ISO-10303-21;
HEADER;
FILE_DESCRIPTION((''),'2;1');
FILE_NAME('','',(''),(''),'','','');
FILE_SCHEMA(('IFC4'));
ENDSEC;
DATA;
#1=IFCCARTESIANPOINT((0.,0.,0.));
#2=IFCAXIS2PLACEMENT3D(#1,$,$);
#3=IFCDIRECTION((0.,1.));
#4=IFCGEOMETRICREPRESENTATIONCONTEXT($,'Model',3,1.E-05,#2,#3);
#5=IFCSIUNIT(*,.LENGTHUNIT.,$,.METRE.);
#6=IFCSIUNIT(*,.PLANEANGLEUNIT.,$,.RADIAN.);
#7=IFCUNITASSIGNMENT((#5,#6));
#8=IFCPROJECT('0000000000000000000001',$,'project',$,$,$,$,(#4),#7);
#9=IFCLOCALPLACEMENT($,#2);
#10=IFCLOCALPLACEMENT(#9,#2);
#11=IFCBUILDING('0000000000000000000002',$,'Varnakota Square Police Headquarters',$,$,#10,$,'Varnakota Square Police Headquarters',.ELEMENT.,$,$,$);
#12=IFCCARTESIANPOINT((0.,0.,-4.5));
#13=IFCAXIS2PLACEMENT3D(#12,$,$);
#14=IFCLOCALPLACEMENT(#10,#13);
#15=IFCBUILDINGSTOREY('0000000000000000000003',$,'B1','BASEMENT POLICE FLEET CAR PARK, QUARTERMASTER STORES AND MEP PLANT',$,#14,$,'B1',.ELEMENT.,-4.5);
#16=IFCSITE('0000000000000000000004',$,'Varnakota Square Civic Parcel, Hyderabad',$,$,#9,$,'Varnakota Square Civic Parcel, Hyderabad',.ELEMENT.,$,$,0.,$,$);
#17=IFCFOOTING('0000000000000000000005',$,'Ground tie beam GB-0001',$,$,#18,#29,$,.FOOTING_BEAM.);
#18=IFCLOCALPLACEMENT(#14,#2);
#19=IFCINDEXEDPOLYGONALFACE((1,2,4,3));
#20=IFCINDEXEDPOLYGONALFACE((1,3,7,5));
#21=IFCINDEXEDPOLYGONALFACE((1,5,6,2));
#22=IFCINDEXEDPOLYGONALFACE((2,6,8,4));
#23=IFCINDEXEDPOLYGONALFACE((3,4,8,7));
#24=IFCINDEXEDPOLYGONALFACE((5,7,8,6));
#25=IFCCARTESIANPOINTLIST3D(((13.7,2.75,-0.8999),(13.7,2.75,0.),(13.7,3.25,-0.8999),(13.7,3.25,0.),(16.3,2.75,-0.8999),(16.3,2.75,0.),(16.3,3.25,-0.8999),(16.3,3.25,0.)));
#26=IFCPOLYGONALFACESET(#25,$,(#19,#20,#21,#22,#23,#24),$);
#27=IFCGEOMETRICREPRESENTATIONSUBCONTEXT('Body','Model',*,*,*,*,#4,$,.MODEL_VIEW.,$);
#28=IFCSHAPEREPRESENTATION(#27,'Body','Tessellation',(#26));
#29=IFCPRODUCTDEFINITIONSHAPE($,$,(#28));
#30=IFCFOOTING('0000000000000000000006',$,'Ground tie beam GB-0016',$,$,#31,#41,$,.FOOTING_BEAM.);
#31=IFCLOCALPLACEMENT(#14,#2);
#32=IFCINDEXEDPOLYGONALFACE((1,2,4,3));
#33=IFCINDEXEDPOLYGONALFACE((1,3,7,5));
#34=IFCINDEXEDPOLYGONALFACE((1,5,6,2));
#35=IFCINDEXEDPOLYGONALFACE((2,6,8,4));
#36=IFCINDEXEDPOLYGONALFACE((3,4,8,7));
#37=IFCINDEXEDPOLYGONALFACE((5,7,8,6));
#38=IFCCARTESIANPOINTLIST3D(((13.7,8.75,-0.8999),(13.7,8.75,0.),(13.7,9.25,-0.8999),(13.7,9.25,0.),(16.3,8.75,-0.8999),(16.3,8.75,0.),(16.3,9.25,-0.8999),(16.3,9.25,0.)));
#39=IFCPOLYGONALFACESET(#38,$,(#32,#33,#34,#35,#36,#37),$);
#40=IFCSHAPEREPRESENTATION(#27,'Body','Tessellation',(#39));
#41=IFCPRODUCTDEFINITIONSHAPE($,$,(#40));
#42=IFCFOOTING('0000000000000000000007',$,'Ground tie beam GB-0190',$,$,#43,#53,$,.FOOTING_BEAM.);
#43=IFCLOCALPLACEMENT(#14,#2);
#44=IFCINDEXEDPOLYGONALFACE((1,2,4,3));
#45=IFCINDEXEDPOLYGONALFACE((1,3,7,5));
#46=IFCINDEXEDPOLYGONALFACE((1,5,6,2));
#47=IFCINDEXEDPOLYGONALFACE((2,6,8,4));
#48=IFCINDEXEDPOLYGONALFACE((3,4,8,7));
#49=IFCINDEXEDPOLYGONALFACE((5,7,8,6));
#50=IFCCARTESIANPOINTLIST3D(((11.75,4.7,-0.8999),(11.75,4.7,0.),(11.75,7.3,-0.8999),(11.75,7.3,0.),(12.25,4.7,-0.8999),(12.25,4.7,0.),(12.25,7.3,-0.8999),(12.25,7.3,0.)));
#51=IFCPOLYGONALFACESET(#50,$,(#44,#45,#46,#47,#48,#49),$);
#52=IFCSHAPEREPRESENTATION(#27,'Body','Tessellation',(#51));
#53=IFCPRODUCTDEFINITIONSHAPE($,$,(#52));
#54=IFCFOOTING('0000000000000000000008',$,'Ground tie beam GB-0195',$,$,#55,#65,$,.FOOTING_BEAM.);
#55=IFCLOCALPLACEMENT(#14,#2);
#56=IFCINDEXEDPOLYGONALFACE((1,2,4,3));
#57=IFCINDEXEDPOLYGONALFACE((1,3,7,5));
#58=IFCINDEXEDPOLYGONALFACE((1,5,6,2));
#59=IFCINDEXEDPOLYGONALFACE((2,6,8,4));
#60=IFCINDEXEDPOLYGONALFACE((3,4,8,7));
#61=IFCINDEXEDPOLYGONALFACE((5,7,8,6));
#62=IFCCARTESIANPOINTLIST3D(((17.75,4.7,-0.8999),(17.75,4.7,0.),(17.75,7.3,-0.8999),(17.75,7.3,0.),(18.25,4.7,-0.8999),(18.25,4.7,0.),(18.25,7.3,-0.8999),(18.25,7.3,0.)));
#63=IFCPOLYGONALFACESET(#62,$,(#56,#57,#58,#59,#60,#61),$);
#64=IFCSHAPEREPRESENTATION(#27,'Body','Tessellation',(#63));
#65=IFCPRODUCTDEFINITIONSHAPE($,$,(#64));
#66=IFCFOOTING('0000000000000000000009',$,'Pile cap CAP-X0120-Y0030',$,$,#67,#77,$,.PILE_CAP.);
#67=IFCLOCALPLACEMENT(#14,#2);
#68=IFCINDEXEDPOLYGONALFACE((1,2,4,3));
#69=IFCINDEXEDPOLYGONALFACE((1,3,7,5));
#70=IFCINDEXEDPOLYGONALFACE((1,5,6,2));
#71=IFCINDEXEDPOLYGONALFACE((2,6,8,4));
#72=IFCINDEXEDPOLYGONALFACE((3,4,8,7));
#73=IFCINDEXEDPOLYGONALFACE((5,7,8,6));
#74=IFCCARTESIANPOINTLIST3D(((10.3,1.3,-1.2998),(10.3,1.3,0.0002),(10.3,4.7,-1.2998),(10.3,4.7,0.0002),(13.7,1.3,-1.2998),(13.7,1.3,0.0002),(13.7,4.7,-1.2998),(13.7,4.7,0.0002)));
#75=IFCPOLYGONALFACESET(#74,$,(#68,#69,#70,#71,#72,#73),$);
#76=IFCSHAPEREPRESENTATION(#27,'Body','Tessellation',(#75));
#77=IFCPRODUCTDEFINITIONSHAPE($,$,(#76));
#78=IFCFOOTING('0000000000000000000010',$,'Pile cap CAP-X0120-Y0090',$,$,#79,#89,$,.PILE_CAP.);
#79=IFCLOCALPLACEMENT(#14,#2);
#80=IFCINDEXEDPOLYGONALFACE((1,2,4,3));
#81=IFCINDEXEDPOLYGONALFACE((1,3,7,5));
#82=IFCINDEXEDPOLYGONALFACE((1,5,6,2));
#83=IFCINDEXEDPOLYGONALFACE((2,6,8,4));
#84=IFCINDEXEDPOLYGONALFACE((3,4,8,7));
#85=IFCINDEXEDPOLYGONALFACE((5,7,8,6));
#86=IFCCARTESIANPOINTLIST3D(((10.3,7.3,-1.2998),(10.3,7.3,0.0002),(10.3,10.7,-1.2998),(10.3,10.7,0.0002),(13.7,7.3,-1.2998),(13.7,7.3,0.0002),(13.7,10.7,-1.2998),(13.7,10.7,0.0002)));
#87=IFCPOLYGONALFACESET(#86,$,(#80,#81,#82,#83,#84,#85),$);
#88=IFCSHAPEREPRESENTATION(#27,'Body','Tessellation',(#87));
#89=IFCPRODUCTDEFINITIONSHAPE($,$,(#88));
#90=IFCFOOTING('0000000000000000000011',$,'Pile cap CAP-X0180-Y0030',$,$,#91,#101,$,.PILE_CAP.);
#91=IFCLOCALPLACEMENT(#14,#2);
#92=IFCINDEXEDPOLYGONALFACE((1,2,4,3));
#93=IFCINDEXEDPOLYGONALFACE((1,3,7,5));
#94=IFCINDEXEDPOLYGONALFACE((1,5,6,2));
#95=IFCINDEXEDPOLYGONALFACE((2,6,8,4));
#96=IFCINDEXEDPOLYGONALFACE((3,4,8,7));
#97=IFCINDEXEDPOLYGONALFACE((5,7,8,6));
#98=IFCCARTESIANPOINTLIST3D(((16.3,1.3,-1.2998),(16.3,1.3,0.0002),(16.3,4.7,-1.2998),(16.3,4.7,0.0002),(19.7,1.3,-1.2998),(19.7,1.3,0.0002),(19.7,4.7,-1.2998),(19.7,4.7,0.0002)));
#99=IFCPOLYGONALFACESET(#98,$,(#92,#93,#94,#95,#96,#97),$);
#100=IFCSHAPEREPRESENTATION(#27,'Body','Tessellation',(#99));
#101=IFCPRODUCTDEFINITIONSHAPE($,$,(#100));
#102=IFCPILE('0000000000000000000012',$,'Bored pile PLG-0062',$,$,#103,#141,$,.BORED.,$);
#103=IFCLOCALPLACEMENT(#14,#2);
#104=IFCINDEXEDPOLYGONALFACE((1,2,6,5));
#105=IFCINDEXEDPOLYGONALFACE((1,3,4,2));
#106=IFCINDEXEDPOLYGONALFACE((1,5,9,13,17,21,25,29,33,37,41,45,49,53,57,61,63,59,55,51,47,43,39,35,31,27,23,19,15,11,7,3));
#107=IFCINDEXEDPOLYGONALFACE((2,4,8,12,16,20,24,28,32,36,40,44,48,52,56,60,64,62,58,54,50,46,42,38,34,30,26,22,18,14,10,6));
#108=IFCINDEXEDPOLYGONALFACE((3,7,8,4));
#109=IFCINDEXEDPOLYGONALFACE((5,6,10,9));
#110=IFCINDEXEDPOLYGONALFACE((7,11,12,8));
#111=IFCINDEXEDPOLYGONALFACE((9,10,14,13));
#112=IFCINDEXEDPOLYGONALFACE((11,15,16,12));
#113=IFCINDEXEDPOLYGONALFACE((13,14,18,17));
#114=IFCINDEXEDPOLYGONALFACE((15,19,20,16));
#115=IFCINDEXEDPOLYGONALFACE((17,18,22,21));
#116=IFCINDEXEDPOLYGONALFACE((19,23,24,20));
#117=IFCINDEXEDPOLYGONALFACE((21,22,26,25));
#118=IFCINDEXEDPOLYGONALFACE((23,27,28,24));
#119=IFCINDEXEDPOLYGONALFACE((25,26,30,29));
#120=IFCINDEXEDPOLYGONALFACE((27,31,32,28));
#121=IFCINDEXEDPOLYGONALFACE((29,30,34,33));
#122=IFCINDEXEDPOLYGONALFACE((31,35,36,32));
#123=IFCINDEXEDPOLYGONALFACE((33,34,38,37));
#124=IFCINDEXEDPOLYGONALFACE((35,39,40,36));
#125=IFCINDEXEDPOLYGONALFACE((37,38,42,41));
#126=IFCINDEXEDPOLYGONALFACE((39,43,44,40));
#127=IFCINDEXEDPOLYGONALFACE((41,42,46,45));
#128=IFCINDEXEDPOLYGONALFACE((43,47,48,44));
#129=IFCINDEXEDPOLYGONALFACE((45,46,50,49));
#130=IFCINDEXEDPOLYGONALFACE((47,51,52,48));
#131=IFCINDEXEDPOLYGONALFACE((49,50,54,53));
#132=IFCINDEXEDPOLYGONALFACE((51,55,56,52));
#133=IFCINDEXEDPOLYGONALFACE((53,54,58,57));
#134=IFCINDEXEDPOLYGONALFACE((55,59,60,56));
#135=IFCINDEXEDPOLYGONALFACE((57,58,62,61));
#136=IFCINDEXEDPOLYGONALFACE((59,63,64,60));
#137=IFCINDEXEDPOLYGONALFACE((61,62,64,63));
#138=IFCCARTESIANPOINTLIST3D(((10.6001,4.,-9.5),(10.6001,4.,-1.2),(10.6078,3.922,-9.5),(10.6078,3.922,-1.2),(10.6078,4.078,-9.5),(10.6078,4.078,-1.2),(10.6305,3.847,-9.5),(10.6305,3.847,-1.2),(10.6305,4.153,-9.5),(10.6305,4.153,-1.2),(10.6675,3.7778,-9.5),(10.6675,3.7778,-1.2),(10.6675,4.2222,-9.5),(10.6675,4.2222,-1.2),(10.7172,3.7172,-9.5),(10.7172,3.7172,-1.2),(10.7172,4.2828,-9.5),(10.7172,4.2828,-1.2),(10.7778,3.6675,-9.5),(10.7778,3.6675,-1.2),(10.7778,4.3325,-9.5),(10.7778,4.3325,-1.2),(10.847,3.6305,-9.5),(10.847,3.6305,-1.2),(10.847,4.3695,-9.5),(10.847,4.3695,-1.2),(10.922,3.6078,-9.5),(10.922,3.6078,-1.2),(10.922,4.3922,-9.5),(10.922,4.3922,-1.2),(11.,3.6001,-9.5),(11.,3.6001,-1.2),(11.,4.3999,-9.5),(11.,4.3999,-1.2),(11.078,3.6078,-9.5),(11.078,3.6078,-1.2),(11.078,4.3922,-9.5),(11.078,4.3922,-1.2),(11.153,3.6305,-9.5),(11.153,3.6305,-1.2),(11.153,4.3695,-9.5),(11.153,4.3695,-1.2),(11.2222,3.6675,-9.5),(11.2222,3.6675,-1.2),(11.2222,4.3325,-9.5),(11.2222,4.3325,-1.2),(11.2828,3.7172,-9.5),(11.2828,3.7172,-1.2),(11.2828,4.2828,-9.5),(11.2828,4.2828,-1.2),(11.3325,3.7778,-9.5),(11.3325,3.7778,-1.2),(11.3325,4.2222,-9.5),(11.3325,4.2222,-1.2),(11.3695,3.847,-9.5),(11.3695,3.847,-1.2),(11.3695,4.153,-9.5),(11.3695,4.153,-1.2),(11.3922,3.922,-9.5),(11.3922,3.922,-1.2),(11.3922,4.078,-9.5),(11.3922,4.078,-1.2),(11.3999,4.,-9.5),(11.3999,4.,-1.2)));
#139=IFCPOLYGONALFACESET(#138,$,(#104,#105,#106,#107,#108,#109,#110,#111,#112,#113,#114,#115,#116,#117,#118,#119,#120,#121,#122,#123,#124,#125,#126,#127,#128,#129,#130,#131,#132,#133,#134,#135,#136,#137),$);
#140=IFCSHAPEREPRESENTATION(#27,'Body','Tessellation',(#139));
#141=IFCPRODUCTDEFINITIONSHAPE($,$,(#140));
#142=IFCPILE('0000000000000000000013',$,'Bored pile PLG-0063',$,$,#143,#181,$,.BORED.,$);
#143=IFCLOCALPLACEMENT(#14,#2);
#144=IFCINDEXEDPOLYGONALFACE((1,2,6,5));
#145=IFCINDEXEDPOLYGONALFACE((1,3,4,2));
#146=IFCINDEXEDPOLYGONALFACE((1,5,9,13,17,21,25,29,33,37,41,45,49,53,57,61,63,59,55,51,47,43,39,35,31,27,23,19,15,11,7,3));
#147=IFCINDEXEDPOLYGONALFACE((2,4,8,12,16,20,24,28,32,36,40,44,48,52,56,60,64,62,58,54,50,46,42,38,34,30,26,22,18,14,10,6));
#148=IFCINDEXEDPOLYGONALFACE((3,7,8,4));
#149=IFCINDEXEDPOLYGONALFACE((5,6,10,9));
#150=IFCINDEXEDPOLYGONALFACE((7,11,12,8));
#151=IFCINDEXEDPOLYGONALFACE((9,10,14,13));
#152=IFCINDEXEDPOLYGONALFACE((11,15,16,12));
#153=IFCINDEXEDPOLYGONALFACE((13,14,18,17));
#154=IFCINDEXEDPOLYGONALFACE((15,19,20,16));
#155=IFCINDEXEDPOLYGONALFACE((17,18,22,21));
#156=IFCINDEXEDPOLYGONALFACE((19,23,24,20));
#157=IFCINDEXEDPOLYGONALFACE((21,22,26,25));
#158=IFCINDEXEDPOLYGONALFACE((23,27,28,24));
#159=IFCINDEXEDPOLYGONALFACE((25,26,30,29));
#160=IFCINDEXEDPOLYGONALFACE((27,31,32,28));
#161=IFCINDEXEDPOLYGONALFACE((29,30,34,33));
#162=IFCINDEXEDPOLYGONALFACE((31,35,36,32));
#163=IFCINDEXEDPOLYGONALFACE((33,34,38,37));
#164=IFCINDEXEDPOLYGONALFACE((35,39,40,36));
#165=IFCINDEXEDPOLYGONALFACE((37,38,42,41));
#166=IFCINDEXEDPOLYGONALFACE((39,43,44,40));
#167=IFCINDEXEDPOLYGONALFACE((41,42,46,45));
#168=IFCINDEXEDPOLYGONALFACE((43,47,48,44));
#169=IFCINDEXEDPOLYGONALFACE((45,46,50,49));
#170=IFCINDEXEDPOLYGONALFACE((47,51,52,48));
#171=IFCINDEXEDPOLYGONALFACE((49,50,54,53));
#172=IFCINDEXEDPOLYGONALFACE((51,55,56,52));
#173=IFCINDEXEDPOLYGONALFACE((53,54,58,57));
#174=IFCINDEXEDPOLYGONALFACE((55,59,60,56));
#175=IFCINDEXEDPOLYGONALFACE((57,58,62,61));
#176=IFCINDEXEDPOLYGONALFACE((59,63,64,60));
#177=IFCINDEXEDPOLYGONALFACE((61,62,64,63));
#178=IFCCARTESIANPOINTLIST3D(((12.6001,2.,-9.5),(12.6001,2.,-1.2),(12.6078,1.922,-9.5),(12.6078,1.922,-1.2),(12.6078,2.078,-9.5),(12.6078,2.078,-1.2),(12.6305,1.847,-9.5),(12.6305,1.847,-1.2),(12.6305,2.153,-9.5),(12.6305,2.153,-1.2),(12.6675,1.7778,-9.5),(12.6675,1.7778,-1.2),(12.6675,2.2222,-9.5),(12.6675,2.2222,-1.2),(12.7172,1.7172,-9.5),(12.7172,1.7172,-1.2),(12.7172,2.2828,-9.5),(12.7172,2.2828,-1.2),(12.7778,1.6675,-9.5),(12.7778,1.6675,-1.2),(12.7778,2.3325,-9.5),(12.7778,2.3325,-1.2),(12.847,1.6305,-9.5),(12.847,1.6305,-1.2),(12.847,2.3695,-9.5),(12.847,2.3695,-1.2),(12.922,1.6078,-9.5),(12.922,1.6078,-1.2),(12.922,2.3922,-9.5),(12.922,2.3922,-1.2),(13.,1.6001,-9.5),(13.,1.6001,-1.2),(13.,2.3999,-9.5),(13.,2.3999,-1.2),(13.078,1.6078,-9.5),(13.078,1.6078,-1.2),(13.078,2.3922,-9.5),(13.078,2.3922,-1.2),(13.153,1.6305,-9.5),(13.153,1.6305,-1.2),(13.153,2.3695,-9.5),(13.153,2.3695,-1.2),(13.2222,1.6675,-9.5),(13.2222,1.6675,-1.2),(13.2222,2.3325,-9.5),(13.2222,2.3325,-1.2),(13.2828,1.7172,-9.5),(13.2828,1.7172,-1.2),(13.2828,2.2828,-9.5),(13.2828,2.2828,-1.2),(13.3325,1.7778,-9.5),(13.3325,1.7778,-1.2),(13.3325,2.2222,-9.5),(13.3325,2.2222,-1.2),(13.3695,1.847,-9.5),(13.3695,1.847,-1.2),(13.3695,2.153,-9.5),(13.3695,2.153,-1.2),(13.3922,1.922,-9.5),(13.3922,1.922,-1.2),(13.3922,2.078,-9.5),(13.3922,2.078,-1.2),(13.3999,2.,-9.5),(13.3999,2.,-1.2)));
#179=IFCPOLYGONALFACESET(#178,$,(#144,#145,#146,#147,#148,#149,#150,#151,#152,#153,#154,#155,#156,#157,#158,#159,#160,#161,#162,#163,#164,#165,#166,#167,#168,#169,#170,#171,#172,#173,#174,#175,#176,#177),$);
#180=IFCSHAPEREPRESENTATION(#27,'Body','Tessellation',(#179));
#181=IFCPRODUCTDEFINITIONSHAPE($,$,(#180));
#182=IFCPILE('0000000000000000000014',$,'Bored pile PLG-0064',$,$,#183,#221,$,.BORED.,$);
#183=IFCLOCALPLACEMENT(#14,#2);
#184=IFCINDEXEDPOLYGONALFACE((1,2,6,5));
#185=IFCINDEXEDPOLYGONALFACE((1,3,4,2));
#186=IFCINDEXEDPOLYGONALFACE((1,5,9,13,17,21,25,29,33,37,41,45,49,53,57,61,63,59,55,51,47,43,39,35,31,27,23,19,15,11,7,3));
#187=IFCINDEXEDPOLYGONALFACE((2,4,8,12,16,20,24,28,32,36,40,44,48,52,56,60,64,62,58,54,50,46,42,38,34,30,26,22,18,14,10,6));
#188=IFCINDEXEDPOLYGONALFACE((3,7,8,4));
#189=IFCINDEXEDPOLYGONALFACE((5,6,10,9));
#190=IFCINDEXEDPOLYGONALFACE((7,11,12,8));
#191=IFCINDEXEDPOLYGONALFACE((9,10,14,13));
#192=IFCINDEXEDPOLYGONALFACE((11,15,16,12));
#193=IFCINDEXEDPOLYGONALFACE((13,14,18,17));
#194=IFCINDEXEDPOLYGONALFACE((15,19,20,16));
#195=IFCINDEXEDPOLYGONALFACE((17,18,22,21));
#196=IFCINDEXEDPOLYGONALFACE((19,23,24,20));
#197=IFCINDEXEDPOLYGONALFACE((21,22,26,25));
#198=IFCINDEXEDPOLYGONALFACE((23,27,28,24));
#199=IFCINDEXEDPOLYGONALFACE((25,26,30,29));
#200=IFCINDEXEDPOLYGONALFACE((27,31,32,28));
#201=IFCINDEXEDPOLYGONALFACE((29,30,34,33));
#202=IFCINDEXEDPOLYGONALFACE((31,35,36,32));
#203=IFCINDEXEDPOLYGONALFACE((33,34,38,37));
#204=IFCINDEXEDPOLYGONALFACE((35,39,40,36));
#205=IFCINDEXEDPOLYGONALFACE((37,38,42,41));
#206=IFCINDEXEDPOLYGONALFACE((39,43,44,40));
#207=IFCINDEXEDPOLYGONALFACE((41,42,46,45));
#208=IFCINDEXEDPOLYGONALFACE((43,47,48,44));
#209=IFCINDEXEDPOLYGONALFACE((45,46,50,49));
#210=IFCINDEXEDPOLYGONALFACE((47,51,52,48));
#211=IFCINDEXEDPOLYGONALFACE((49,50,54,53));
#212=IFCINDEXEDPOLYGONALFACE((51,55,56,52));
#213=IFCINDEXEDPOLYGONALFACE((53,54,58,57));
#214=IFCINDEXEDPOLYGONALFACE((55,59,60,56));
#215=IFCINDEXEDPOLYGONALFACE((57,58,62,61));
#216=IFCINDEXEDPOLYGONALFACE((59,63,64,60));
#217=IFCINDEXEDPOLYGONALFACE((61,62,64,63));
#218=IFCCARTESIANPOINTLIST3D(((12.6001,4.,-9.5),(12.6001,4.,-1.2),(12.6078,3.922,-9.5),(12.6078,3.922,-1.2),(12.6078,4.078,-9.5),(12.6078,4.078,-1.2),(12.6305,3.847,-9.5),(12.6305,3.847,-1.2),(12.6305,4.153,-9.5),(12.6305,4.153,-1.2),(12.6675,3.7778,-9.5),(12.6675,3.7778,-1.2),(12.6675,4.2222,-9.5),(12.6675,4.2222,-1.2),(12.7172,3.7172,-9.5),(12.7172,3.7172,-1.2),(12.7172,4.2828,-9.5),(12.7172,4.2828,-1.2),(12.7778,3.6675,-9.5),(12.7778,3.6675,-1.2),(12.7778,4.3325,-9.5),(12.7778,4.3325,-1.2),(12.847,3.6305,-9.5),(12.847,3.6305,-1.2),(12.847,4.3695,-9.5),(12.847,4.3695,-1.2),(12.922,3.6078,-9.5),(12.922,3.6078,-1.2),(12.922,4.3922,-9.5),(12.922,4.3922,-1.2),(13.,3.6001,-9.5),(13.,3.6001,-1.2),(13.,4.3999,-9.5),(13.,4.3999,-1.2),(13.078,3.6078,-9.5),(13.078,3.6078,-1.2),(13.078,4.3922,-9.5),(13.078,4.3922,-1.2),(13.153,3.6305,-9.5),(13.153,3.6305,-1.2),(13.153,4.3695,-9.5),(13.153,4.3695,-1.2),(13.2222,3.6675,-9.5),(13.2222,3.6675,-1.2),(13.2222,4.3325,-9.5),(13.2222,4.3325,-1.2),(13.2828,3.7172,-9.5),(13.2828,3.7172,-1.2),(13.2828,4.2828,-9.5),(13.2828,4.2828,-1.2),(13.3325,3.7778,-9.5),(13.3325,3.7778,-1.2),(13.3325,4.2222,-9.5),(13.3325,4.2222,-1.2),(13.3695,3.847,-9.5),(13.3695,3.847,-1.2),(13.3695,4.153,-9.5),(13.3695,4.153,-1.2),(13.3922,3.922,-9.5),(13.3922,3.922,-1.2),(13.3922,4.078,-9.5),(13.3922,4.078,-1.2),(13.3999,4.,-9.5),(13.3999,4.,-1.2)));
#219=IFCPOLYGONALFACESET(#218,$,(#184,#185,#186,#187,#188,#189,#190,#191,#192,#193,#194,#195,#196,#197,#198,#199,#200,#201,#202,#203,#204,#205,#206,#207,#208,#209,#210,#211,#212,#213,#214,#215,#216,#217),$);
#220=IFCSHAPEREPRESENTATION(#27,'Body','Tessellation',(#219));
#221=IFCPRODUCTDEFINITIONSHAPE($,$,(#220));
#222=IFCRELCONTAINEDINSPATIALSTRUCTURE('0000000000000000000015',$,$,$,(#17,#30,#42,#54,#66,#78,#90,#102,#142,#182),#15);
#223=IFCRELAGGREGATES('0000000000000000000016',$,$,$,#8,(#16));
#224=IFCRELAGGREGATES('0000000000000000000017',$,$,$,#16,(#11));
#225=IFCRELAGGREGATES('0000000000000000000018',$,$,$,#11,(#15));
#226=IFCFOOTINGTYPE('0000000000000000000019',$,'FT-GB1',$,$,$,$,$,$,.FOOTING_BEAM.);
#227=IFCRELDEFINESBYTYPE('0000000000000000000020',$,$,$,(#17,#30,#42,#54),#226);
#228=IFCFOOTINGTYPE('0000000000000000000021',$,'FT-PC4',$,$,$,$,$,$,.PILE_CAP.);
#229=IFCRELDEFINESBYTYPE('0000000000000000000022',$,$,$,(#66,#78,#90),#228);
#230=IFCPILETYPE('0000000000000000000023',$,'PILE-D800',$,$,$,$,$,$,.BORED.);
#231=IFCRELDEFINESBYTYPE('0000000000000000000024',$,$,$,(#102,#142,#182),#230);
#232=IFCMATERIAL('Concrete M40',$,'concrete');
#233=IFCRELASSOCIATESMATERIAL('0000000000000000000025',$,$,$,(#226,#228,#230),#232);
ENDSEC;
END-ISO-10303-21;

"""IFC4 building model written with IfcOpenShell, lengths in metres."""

from ifc_helpers import new_model, si_unit, direction, frame, origin, origin_2d, place, context, subcontext, project, spatial, rectangle, circle, extrude, material, material_profile, profile_set, type_object, element, save


model = new_model("IFC4")

# Units and contexts
model_context = context("Model", 3, precision=1e-05, world=origin(), true_north=direction((0.0, 1.0)))
body_context = subcontext(model_context, "Body", "Model", "MODEL_VIEW")
ifc_project = project(units=[si_unit("LENGTHUNIT", "METRE"), si_unit("PLANEANGLEUNIT", "RADIAN")], contexts=[model_context])

# Site, building, storey
site_placement = place(None, origin())
site = spatial("IfcSite", under=ifc_project, at=site_placement, Name="Varnakota Square Civic Parcel, Hyderabad", LongName="Varnakota Square Civic Parcel, Hyderabad", CompositionType="ELEMENT", RefElevation=0.0)
building_placement = place(site_placement, origin())
building = spatial("IfcBuilding", under=site, at=building_placement, Name="Varnakota Square Police Headquarters", LongName="Varnakota Square Police Headquarters", CompositionType="ELEMENT")
storey_placement = place(building_placement, frame((0.0, 0.0, -4.5)))
storey = spatial("IfcBuildingStorey", under=building, at=storey_placement, Name="B1", Description="BASEMENT POLICE FLEET CAR PARK, QUARTERMASTER STORES AND MEP PLANT", LongName="B1", CompositionType="ELEMENT", Elevation=-4.5)

# Footings
ifc_material_1 = material(Name="Concrete M40", Category="concrete")
ifc_material_profile_1 = material_profile(ifc_material_1, rectangle(XDim=0.5, YDim=0.8999, at=origin_2d()), Name="GB 500x900")
ifc_profile_set_1 = profile_set([ifc_material_profile_1], Name="Concrete M40")
footing_type_1 = type_object("IfcFootingType", Name="FT-GB1", PredefinedType="FOOTING_BEAM", material=ifc_profile_set_1)
for number, where, z_axis, x_axis, name in (
    (1, (13.7, 3.0, -0.45), (1.0, 0.0, 0.0), (0.0, 1.0, 0.0), "Ground tie beam GB-0001"),
    (2, (13.7, 9.0, -0.45), (1.0, 0.0, 0.0), (0.0, 1.0, 0.0), "Ground tie beam GB-0016"),
    (3, (12.0, 4.7, -0.45), (0.0, 1.0, 0.0), (-1.0, 0.0, 0.0), "Ground tie beam GB-0190"),
    (4, (18.0, 4.7, -0.45), (0.0, 1.0, 0.0), (-1.0, 0.0, 0.0), "Ground tie beam GB-0195"),
):
    element("IfcFooting", number, at=place(storey_placement, frame(where, z_axis=z_axis, x_axis=x_axis)), inside=storey, type_object=footing_type_1, Name=name, PredefinedType="FOOTING_BEAM", context=body_context, shape_type="SweptSolid", body=[
        extrude(rectangle(XDim=0.5, YDim=0.8999, at=origin_2d()), origin(), (0.0, 0.0, 1.0), 2.6001),
    ])
footing_type_2 = type_object("IfcFootingType", Name="FT-PC4", PredefinedType="PILE_CAP", material=ifc_material_1)
for number, where, z_axis, x_axis, name in (
    (5, (12.0, 3.0, -1.2998), (0.0, 0.0, 1.0), (1.0, 0.0, 0.0), "Pile cap CAP-X0120-Y0030"),
    (6, (12.0, 9.0, -1.2998), (0.0, 0.0, 1.0), (1.0, 0.0, 0.0), "Pile cap CAP-X0120-Y0090"),
    (7, (18.0, 3.0, -1.2998), (0.0, 0.0, 1.0), (1.0, 0.0, 0.0), "Pile cap CAP-X0180-Y0030"),
):
    element("IfcFooting", number, at=place(storey_placement, frame(where, z_axis=z_axis, x_axis=x_axis)), inside=storey, type_object=footing_type_2, Name=name, PredefinedType="PILE_CAP", context=body_context, shape_type="SweptSolid", body=[
        extrude(rectangle(XDim=3.3999, YDim=3.3999, at=origin_2d()), origin(), (0.0, 0.0, 1.0), 1.3),
    ])

# Piles
ifc_material_profile_2 = material_profile(ifc_material_1, circle(Radius=0.3999, at=origin_2d()), Name="BORED PILE 800")
ifc_profile_set_2 = profile_set([ifc_material_profile_2], Name="Concrete M40")
pile_type = type_object("IfcPileType", Name="PILE-D800", PredefinedType="BORED", material=ifc_profile_set_2)
for number, where, z_axis, x_axis, name in (
    (8, (11.0, 4.0, -1.2), (0.0, 0.0, -1.0), (1.0, 0.0, 0.0), "Bored pile PLG-0062"),
    (9, (13.0, 2.0, -1.2), (0.0, 0.0, -1.0), (1.0, 0.0, 0.0), "Bored pile PLG-0063"),
    (10, (13.0, 4.0, -1.2), (0.0, 0.0, -1.0), (1.0, 0.0, 0.0), "Bored pile PLG-0064"),
):
    element("IfcPile", number, at=place(storey_placement, frame(where, z_axis=z_axis, x_axis=x_axis)), inside=storey, type_object=pile_type, Name=name, PredefinedType="BORED", context=body_context, shape_type="SweptSolid", body=[
        extrude(circle(Radius=0.3999, at=origin_2d()), origin(), (0.0, 0.0, 1.0), 8.3),
    ])

save(model, "model.ifc")
